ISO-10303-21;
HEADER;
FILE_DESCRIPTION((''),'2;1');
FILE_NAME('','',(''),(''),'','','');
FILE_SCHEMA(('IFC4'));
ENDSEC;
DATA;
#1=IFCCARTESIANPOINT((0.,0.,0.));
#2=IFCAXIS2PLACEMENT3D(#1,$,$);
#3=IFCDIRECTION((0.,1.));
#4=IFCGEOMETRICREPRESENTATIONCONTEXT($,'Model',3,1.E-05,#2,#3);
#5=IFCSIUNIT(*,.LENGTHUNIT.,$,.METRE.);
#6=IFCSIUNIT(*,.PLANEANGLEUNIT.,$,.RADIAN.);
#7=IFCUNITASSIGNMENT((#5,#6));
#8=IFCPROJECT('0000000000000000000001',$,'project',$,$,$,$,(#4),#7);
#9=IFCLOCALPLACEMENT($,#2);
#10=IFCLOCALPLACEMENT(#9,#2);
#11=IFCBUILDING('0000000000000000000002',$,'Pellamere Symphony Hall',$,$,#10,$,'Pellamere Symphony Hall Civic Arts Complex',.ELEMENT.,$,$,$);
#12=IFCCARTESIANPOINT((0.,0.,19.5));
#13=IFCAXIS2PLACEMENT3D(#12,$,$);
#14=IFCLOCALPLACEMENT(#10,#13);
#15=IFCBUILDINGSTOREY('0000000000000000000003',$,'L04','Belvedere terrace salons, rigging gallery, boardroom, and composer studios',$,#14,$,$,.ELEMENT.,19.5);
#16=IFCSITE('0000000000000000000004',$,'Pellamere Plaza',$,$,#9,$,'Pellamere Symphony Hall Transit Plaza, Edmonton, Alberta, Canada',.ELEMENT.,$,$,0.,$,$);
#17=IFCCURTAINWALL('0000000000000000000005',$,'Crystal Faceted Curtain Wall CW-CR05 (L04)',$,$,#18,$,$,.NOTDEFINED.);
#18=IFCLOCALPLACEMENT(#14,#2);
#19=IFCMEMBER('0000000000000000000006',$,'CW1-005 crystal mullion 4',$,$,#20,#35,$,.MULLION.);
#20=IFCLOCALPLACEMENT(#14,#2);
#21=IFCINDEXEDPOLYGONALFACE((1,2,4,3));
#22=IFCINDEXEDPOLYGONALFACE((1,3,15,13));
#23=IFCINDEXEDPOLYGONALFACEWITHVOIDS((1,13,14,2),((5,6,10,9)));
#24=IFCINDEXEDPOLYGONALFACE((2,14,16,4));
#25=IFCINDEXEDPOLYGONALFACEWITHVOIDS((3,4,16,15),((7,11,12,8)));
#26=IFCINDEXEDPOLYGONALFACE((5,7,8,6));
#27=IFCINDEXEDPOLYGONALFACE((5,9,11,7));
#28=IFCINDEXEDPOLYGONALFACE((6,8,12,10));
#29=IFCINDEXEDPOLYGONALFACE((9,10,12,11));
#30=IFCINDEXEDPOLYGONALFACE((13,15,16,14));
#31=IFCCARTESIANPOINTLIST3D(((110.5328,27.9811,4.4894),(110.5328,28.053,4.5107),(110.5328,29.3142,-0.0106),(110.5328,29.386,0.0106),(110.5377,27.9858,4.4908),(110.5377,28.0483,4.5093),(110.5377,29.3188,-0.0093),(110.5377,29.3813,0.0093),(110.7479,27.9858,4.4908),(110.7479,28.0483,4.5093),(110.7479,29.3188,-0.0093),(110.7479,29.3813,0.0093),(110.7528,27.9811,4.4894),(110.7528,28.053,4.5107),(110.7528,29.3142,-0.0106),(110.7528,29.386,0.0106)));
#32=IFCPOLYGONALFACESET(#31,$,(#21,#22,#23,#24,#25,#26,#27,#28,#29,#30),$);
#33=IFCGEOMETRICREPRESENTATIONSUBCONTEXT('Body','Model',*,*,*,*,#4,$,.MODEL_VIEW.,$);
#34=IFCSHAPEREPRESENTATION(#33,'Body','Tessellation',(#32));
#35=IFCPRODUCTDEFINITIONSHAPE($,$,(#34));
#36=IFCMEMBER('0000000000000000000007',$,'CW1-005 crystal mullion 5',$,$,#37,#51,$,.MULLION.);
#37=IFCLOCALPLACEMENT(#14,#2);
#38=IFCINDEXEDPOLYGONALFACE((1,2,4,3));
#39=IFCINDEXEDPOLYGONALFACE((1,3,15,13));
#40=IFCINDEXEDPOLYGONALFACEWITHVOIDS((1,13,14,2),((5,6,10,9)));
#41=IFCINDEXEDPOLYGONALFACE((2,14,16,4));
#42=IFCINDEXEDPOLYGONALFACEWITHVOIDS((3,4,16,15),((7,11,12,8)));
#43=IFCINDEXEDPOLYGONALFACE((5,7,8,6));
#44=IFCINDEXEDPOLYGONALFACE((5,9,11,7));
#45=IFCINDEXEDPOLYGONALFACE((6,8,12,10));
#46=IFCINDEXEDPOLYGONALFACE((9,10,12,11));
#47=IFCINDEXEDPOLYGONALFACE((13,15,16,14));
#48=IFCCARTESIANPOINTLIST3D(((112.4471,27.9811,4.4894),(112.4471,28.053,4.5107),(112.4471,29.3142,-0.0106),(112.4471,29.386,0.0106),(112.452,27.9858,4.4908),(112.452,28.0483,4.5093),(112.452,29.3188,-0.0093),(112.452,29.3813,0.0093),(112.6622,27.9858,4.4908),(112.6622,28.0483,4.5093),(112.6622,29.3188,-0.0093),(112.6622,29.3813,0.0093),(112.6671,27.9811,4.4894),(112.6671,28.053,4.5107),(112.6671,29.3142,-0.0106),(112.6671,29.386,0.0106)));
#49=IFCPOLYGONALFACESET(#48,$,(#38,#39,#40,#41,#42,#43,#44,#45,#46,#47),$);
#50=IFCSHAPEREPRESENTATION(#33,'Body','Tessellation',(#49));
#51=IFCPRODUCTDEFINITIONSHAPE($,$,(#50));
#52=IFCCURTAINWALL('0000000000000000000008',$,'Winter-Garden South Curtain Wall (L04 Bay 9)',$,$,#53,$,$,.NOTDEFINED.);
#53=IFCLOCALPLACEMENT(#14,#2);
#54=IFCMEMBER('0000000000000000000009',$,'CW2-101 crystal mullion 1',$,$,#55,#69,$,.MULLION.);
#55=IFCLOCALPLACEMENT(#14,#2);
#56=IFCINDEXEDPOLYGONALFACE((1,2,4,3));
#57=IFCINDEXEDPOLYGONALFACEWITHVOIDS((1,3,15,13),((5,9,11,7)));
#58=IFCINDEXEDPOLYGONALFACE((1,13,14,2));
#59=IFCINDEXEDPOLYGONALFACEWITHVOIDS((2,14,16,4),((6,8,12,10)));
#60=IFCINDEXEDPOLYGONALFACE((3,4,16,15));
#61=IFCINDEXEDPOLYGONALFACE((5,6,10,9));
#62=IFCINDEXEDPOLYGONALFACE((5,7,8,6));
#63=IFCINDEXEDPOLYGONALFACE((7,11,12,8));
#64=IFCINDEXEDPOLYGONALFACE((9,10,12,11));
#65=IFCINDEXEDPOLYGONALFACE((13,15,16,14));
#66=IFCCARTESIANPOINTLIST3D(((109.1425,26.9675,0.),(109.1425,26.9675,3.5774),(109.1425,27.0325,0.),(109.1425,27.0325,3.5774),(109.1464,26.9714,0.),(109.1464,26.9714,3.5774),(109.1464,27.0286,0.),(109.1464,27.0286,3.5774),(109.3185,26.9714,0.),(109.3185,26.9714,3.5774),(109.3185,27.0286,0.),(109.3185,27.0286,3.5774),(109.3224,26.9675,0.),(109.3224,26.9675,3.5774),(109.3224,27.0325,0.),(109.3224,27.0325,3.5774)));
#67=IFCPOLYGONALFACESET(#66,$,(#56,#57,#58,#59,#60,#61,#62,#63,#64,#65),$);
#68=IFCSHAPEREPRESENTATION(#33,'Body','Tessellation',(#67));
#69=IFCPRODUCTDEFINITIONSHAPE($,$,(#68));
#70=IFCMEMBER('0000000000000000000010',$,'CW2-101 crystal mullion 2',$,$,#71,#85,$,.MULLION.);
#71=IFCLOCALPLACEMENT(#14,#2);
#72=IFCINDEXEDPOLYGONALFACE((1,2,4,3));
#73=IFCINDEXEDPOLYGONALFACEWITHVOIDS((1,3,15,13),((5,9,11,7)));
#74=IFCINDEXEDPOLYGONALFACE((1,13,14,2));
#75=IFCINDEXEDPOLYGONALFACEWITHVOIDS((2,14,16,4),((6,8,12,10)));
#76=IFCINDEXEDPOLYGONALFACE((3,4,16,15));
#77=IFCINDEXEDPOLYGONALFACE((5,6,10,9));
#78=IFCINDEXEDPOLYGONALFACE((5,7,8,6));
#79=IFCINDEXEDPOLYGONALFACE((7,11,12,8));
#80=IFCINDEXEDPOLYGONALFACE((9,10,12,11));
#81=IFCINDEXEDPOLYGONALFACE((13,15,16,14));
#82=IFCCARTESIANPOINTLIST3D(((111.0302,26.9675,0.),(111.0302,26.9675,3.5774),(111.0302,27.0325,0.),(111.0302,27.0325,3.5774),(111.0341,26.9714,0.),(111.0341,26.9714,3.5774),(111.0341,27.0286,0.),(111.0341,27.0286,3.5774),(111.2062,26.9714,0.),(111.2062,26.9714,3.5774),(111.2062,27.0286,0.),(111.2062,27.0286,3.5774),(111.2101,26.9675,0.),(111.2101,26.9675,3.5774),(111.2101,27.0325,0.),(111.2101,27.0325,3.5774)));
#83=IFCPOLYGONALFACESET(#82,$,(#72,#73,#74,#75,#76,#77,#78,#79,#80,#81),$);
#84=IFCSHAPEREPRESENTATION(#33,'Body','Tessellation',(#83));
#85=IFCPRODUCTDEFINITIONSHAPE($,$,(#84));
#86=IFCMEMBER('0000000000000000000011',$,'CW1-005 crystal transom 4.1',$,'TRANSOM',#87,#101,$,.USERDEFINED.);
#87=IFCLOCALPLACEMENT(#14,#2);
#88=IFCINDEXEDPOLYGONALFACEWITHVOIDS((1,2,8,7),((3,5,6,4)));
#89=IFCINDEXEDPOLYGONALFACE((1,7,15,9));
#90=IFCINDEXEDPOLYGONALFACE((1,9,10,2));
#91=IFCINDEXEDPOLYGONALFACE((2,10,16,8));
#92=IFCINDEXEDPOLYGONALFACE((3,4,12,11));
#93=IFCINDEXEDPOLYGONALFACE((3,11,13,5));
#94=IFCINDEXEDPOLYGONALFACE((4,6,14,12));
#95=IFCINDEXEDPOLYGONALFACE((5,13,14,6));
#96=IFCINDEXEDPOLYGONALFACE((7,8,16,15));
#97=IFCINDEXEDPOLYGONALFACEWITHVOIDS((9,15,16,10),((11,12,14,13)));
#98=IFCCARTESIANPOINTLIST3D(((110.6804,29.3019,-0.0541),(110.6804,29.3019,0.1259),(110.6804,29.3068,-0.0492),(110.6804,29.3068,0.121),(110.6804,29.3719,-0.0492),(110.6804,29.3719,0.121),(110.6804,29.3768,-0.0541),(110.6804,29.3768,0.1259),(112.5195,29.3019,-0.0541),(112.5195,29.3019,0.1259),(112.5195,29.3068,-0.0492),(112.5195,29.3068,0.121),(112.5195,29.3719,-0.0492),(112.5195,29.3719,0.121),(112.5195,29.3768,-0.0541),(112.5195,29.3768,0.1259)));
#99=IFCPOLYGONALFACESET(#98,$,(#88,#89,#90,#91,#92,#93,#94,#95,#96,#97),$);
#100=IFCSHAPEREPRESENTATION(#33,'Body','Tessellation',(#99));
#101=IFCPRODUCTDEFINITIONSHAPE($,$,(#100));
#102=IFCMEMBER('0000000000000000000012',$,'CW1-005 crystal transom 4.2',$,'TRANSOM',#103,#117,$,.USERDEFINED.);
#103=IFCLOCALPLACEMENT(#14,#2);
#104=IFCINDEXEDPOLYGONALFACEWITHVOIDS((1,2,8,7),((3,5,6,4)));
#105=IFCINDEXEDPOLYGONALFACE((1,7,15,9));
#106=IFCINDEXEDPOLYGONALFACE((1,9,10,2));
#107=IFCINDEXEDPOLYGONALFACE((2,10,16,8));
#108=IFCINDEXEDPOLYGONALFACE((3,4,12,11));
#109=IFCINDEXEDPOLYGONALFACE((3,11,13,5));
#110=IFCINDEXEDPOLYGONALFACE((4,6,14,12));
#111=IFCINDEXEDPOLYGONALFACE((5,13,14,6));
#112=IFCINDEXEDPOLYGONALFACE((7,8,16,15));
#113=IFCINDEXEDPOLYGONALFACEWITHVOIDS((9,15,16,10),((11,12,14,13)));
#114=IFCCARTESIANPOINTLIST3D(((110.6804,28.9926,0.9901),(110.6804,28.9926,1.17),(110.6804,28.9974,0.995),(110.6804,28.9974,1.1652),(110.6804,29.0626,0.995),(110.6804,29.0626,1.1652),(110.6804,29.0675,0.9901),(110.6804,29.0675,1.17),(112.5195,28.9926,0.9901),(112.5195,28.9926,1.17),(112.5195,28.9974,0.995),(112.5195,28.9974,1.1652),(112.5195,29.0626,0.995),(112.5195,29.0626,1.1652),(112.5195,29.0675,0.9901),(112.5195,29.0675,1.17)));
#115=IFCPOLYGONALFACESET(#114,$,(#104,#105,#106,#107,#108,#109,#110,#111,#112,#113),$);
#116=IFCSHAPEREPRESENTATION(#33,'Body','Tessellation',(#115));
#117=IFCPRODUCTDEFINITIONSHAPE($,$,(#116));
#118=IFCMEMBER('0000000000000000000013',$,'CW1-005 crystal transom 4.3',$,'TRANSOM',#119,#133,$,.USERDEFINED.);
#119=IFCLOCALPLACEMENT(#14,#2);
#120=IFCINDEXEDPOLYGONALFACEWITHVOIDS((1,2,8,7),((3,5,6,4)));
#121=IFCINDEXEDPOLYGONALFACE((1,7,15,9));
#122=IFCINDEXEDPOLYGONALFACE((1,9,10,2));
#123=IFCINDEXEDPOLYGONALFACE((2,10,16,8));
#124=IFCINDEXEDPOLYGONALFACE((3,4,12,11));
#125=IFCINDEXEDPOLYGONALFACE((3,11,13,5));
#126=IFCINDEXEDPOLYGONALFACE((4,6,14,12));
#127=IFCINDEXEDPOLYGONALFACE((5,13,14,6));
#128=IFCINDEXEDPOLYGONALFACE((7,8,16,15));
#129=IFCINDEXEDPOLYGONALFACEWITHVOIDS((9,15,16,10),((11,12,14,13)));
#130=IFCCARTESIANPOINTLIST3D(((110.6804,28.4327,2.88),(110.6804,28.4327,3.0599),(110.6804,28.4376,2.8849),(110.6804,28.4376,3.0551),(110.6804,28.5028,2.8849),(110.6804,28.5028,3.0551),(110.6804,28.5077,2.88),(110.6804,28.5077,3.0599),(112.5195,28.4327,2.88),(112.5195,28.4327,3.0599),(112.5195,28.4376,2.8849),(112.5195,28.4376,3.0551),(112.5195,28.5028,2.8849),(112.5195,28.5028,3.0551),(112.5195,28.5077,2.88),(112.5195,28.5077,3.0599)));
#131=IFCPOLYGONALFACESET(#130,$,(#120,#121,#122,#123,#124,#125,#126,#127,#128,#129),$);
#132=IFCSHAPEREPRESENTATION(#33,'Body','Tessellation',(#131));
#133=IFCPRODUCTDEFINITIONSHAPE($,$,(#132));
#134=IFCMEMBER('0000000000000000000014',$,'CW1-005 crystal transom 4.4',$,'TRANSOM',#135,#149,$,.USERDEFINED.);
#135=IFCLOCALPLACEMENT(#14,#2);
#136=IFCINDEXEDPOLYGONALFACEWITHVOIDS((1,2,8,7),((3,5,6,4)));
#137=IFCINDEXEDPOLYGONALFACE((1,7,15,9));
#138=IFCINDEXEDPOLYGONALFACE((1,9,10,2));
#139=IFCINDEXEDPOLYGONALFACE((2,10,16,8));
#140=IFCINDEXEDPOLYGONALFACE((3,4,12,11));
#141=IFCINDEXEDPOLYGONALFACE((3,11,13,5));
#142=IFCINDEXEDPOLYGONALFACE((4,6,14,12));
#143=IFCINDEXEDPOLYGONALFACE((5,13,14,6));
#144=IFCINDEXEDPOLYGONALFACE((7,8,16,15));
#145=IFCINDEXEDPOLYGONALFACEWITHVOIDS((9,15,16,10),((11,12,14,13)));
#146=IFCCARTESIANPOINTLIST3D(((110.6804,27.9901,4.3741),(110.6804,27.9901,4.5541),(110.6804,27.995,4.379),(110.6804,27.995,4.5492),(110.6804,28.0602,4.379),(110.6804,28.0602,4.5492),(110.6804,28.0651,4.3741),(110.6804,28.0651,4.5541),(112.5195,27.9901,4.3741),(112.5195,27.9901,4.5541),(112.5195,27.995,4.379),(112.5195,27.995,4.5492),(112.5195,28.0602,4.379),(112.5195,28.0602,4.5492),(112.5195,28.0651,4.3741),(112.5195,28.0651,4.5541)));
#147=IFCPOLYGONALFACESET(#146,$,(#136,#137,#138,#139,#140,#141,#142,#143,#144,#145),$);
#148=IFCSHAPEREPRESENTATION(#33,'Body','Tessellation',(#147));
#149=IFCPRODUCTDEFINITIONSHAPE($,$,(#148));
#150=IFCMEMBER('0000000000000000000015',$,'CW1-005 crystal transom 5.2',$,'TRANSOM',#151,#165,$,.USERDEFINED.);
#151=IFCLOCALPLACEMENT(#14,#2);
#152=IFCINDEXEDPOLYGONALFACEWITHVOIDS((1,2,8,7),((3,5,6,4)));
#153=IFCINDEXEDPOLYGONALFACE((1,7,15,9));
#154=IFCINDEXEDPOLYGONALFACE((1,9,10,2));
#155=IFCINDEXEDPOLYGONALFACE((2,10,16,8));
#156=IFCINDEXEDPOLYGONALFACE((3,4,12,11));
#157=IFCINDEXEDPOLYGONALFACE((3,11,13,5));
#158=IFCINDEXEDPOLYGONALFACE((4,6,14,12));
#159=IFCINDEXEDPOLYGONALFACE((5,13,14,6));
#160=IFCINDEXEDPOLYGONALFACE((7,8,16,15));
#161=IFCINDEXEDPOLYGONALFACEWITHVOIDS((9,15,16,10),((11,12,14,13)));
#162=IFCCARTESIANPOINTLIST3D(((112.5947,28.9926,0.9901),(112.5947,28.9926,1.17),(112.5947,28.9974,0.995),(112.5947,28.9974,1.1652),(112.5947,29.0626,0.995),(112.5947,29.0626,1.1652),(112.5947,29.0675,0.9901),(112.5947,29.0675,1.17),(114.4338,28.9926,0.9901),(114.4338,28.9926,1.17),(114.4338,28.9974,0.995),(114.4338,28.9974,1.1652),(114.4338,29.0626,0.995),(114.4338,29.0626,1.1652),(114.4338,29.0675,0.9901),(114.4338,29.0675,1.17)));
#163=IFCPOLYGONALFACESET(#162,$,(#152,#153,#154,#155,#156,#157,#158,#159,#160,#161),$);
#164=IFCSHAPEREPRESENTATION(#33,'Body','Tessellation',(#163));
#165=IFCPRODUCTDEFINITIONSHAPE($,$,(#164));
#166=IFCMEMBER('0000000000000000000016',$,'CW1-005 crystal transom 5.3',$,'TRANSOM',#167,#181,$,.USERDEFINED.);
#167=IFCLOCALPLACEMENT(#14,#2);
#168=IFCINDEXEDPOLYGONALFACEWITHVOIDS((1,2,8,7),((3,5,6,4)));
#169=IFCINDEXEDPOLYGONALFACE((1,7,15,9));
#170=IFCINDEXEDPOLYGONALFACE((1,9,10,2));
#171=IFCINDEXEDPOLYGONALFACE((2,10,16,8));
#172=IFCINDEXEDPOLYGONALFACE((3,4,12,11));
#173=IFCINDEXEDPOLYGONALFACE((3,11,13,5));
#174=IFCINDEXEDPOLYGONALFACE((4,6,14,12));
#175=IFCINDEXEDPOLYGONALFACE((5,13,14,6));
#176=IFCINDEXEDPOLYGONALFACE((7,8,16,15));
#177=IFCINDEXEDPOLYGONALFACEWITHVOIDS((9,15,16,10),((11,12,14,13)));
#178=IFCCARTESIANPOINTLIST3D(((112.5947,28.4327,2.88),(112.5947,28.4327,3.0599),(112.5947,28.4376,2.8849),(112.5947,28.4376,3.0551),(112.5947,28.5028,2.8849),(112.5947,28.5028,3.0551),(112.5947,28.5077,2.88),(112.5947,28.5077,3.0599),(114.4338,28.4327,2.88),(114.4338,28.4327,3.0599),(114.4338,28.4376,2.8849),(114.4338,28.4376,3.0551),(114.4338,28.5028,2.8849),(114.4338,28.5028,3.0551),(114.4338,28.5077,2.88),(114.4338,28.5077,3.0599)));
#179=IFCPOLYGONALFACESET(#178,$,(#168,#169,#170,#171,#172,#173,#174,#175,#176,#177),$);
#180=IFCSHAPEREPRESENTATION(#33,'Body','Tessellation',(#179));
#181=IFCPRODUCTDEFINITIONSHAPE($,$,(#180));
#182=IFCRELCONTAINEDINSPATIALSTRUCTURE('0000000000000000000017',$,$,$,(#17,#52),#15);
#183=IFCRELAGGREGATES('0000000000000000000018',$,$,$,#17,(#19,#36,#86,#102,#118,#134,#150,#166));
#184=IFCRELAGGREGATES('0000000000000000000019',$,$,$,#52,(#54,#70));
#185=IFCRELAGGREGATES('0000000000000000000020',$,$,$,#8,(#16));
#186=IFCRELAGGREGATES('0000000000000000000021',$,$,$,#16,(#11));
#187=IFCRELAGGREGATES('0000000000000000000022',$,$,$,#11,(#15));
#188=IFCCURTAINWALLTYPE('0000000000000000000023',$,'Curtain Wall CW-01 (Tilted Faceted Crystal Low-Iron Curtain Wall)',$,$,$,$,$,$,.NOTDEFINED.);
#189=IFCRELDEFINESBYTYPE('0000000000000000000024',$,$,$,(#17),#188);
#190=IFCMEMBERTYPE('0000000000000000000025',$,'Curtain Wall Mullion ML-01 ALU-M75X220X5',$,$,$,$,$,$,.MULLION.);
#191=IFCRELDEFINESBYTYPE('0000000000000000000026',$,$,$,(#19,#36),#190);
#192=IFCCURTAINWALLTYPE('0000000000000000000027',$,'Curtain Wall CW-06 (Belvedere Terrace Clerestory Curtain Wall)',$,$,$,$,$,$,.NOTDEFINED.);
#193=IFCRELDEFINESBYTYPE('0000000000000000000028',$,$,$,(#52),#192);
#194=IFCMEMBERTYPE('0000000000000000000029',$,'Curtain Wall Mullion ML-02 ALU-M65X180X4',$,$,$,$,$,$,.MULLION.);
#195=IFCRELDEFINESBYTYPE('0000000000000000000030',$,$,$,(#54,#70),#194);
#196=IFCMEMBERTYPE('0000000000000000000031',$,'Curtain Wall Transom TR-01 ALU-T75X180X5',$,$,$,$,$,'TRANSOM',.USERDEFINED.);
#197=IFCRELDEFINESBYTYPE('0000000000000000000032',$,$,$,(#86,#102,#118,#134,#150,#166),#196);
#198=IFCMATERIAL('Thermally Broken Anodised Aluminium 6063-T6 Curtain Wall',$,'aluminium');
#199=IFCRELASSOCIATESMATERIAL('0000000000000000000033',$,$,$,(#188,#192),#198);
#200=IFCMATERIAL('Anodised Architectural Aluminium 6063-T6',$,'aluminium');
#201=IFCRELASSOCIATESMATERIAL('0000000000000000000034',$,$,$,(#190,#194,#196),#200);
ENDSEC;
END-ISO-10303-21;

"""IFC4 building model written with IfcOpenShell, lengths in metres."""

from ifc_helpers import new_model, si_unit, direction, frame, origin, origin_2d, place, context, subcontext, project, spatial, hollow_rectangle, extrude, material, material_profile, profile_set, type_object, element, aggregate, save


model = new_model("IFC4")

# Units and contexts
model_context = context("Model", 3, precision=1e-05, world=origin(), true_north=direction((0.0, 1.0)))
body_context = subcontext(model_context, "Body", "Model", "MODEL_VIEW")
ifc_project = project(units=[si_unit("LENGTHUNIT", "METRE"), si_unit("PLANEANGLEUNIT", "RADIAN")], contexts=[model_context])

# Site, building, storey
site_placement = place(None, origin())
site = spatial("IfcSite", under=ifc_project, at=site_placement, Name="Pellamere Plaza", LongName="Pellamere Symphony Hall Transit Plaza, Edmonton, Alberta, Canada", CompositionType="ELEMENT", RefElevation=0.0)
building_placement = place(site_placement, origin())
building = spatial("IfcBuilding", under=site, at=building_placement, Name="Pellamere Symphony Hall", LongName="Pellamere Symphony Hall Civic Arts Complex", CompositionType="ELEMENT")
storey_placement = place(building_placement, frame((0.0, 0.0, 19.5)))
storey = spatial("IfcBuildingStorey", under=building, at=storey_placement, Name="L04", Description="Belvedere terrace salons, rigging gallery, boardroom, and composer studios", CompositionType="ELEMENT", Elevation=19.5)

# Curtain walls, members
ifc_material_1 = material(Name="Thermally Broken Anodised Aluminium 6063-T6 Curtain Wall", Category="aluminium")
curtain_wall_type_1 = type_object("IfcCurtainWallType", Name="Curtain Wall CW-01 (Tilted Faceted Crystal Low-Iron Curtain Wall)", PredefinedType="NOTDEFINED", material=ifc_material_1)
curtain_wall_1_placement = place(storey_placement, origin())
curtain_wall_1 = element("IfcCurtainWall", 1, at=curtain_wall_1_placement, inside=storey, type_object=curtain_wall_type_1, Name="Crystal Faceted Curtain Wall CW-CR05 (L04)", PredefinedType="NOTDEFINED")
ifc_material_2 = material(Name="Anodised Architectural Aluminium 6063-T6", Category="aluminium")
ifc_material_profile_1 = material_profile(ifc_material_2, hollow_rectangle(XDim=0.075, YDim=0.22, WallThickness=0.0049, at=origin_2d()), Name="ALU-M75X220X5")
ifc_profile_set_1 = profile_set([ifc_material_profile_1], Name="Anodised Architectural Aluminium 6063-T6")
member_type_1 = type_object("IfcMemberType", Name="Curtain Wall Mullion ML-01 ALU-M75X220X5", PredefinedType="MULLION", material=ifc_profile_set_1)
member_1_placement = place(storey_placement, frame((110.6428, 29.3501, 0.0), z_axis=(0.0, -0.284025, 0.958817), x_axis=(0.0, 0.958817, 0.284025)))
member_1 = element("IfcMember", 2, at=member_1_placement, type_object=member_type_1, Name="CW1-005 crystal mullion 4", PredefinedType="MULLION", context=body_context, shape_type="SweptSolid", body=[
    extrude(hollow_rectangle(XDim=0.075, YDim=0.22, WallThickness=0.0049, at=origin_2d()), origin(), (0.0, 0.0, 1.0), 4.6934),
])
member_2_placement = place(storey_placement, frame((112.5571, 29.3501, 0.0), z_axis=(0.0, -0.284025, 0.958817), x_axis=(0.0, 0.958817, 0.284025)))
member_2 = element("IfcMember", 3, at=member_2_placement, type_object=member_type_1, Name="CW1-005 crystal mullion 5", PredefinedType="MULLION", context=body_context, shape_type="SweptSolid", body=[
    extrude(hollow_rectangle(XDim=0.075, YDim=0.22, WallThickness=0.0049, at=origin_2d()), origin(), (0.0, 0.0, 1.0), 4.6934),
])
curtain_wall_type_2 = type_object("IfcCurtainWallType", Name="Curtain Wall CW-06 (Belvedere Terrace Clerestory Curtain Wall)", PredefinedType="NOTDEFINED", material=ifc_material_1)
curtain_wall_2_placement = place(storey_placement, origin())
curtain_wall_2 = element("IfcCurtainWall", 4, at=curtain_wall_2_placement, inside=storey, type_object=curtain_wall_type_2, Name="Winter-Garden South Curtain Wall (L04 Bay 9)", PredefinedType="NOTDEFINED")
ifc_material_profile_2 = material_profile(ifc_material_2, hollow_rectangle(XDim=0.0649, YDim=0.1799, WallThickness=0.0039, at=origin_2d()), Name="ALU-M65X180X4")
ifc_profile_set_2 = profile_set([ifc_material_profile_2], Name="Anodised Architectural Aluminium 6063-T6")
member_type_2 = type_object("IfcMemberType", Name="Curtain Wall Mullion ML-02 ALU-M65X180X4", PredefinedType="MULLION", material=ifc_profile_set_2)
member_3_placement = place(storey_placement, frame((109.2324, 27.0, 0.0), z_axis=(0.0, 0.0, 1.0), x_axis=(0.0, 1.0, 0.0)))
member_3 = element("IfcMember", 5, at=member_3_placement, type_object=member_type_2, Name="CW2-101 crystal mullion 1", PredefinedType="MULLION", context=body_context, shape_type="SweptSolid", body=[
    extrude(hollow_rectangle(XDim=0.0649, YDim=0.1799, WallThickness=0.0039, at=origin_2d()), origin(), (0.0, 0.0, 1.0), 3.5774),
])
member_4_placement = place(storey_placement, frame((111.1201, 27.0, 0.0), z_axis=(0.0, 0.0, 1.0), x_axis=(0.0, 1.0, 0.0)))
member_4 = element("IfcMember", 6, at=member_4_placement, type_object=member_type_2, Name="CW2-101 crystal mullion 2", PredefinedType="MULLION", context=body_context, shape_type="SweptSolid", body=[
    extrude(hollow_rectangle(XDim=0.0649, YDim=0.1799, WallThickness=0.0039, at=origin_2d()), origin(), (0.0, 0.0, 1.0), 3.5774),
])

# Members
ifc_material_profile_3 = material_profile(ifc_material_2, hollow_rectangle(XDim=0.075, YDim=0.1799, WallThickness=0.0049, at=origin_2d()), Name="ALU-T75X180X5")
ifc_profile_set_3 = profile_set([ifc_material_profile_3], Name="Anodised Architectural Aluminium 6063-T6")
member_type_3 = type_object("IfcMemberType", Name="Curtain Wall Transom TR-01 ALU-T75X180X5", ElementType="TRANSOM", PredefinedType="USERDEFINED", material=ifc_profile_set_3)
member_5_placement = place(storey_placement, frame((110.6804, 29.3394, 0.0359), z_axis=(1.0, 0.0, 0.0), x_axis=(0.0, 1.0, 0.0)))
member_5 = element("IfcMember", 7, at=member_5_placement, type_object=member_type_3, Name="CW1-005 crystal transom 4.1", ObjectType="TRANSOM", PredefinedType="USERDEFINED", context=body_context, shape_type="SweptSolid", body=[
    extrude(hollow_rectangle(XDim=0.075, YDim=0.1799, WallThickness=0.0049, at=origin_2d()), origin(), (0.0, 0.0, 1.0), 1.8391),
])
member_6_placement = place(storey_placement, frame((110.6804, 29.03, 1.0801), z_axis=(1.0, 0.0, 0.0), x_axis=(0.0, 1.0, 0.0)))
member_6 = element("IfcMember", 8, at=member_6_placement, type_object=member_type_3, Name="CW1-005 crystal transom 4.2", ObjectType="TRANSOM", PredefinedType="USERDEFINED", context=body_context, shape_type="SweptSolid", body=[
    extrude(hollow_rectangle(XDim=0.075, YDim=0.1799, WallThickness=0.0049, at=origin_2d()), origin(), (0.0, 0.0, 1.0), 1.8391),
])
member_7_placement = place(storey_placement, frame((110.6804, 28.4702, 2.97), z_axis=(1.0, 0.0, 0.0), x_axis=(0.0, 1.0, 0.0)))
member_7 = element("IfcMember", 9, at=member_7_placement, type_object=member_type_3, Name="CW1-005 crystal transom 4.3", ObjectType="TRANSOM", PredefinedType="USERDEFINED", context=body_context, shape_type="SweptSolid", body=[
    extrude(hollow_rectangle(XDim=0.075, YDim=0.1799, WallThickness=0.0049, at=origin_2d()), origin(), (0.0, 0.0, 1.0), 1.8391),
])
member_8_placement = place(storey_placement, frame((110.6804, 28.0276, 4.4641), z_axis=(1.0, 0.0, 0.0), x_axis=(0.0, 1.0, 0.0)))
member_8 = element("IfcMember", 10, at=member_8_placement, type_object=member_type_3, Name="CW1-005 crystal transom 4.4", ObjectType="TRANSOM", PredefinedType="USERDEFINED", context=body_context, shape_type="SweptSolid", body=[
    extrude(hollow_rectangle(XDim=0.075, YDim=0.1799, WallThickness=0.0049, at=origin_2d()), origin(), (0.0, 0.0, 1.0), 1.8391),
])
member_9_placement = place(storey_placement, frame((112.5947, 29.03, 1.0801), z_axis=(1.0, 0.0, 0.0), x_axis=(0.0, 1.0, 0.0)))
member_9 = element("IfcMember", 11, at=member_9_placement, type_object=member_type_3, Name="CW1-005 crystal transom 5.2", ObjectType="TRANSOM", PredefinedType="USERDEFINED", context=body_context, shape_type="SweptSolid", body=[
    extrude(hollow_rectangle(XDim=0.075, YDim=0.1799, WallThickness=0.0049, at=origin_2d()), origin(), (0.0, 0.0, 1.0), 1.8391),
])
member_10_placement = place(storey_placement, frame((112.5947, 28.4702, 2.97), z_axis=(1.0, 0.0, 0.0), x_axis=(0.0, 1.0, 0.0)))
member_10 = element("IfcMember", 12, at=member_10_placement, type_object=member_type_3, Name="CW1-005 crystal transom 5.3", ObjectType="TRANSOM", PredefinedType="USERDEFINED", context=body_context, shape_type="SweptSolid", body=[
    extrude(hollow_rectangle(XDim=0.075, YDim=0.1799, WallThickness=0.0049, at=origin_2d()), origin(), (0.0, 0.0, 1.0), 1.8391),
])

aggregate(curtain_wall_1, [member_1, member_2, member_5, member_6, member_7, member_8, member_9, member_10])
aggregate(curtain_wall_2, [member_3, member_4])

save(model, "model.ifc")
